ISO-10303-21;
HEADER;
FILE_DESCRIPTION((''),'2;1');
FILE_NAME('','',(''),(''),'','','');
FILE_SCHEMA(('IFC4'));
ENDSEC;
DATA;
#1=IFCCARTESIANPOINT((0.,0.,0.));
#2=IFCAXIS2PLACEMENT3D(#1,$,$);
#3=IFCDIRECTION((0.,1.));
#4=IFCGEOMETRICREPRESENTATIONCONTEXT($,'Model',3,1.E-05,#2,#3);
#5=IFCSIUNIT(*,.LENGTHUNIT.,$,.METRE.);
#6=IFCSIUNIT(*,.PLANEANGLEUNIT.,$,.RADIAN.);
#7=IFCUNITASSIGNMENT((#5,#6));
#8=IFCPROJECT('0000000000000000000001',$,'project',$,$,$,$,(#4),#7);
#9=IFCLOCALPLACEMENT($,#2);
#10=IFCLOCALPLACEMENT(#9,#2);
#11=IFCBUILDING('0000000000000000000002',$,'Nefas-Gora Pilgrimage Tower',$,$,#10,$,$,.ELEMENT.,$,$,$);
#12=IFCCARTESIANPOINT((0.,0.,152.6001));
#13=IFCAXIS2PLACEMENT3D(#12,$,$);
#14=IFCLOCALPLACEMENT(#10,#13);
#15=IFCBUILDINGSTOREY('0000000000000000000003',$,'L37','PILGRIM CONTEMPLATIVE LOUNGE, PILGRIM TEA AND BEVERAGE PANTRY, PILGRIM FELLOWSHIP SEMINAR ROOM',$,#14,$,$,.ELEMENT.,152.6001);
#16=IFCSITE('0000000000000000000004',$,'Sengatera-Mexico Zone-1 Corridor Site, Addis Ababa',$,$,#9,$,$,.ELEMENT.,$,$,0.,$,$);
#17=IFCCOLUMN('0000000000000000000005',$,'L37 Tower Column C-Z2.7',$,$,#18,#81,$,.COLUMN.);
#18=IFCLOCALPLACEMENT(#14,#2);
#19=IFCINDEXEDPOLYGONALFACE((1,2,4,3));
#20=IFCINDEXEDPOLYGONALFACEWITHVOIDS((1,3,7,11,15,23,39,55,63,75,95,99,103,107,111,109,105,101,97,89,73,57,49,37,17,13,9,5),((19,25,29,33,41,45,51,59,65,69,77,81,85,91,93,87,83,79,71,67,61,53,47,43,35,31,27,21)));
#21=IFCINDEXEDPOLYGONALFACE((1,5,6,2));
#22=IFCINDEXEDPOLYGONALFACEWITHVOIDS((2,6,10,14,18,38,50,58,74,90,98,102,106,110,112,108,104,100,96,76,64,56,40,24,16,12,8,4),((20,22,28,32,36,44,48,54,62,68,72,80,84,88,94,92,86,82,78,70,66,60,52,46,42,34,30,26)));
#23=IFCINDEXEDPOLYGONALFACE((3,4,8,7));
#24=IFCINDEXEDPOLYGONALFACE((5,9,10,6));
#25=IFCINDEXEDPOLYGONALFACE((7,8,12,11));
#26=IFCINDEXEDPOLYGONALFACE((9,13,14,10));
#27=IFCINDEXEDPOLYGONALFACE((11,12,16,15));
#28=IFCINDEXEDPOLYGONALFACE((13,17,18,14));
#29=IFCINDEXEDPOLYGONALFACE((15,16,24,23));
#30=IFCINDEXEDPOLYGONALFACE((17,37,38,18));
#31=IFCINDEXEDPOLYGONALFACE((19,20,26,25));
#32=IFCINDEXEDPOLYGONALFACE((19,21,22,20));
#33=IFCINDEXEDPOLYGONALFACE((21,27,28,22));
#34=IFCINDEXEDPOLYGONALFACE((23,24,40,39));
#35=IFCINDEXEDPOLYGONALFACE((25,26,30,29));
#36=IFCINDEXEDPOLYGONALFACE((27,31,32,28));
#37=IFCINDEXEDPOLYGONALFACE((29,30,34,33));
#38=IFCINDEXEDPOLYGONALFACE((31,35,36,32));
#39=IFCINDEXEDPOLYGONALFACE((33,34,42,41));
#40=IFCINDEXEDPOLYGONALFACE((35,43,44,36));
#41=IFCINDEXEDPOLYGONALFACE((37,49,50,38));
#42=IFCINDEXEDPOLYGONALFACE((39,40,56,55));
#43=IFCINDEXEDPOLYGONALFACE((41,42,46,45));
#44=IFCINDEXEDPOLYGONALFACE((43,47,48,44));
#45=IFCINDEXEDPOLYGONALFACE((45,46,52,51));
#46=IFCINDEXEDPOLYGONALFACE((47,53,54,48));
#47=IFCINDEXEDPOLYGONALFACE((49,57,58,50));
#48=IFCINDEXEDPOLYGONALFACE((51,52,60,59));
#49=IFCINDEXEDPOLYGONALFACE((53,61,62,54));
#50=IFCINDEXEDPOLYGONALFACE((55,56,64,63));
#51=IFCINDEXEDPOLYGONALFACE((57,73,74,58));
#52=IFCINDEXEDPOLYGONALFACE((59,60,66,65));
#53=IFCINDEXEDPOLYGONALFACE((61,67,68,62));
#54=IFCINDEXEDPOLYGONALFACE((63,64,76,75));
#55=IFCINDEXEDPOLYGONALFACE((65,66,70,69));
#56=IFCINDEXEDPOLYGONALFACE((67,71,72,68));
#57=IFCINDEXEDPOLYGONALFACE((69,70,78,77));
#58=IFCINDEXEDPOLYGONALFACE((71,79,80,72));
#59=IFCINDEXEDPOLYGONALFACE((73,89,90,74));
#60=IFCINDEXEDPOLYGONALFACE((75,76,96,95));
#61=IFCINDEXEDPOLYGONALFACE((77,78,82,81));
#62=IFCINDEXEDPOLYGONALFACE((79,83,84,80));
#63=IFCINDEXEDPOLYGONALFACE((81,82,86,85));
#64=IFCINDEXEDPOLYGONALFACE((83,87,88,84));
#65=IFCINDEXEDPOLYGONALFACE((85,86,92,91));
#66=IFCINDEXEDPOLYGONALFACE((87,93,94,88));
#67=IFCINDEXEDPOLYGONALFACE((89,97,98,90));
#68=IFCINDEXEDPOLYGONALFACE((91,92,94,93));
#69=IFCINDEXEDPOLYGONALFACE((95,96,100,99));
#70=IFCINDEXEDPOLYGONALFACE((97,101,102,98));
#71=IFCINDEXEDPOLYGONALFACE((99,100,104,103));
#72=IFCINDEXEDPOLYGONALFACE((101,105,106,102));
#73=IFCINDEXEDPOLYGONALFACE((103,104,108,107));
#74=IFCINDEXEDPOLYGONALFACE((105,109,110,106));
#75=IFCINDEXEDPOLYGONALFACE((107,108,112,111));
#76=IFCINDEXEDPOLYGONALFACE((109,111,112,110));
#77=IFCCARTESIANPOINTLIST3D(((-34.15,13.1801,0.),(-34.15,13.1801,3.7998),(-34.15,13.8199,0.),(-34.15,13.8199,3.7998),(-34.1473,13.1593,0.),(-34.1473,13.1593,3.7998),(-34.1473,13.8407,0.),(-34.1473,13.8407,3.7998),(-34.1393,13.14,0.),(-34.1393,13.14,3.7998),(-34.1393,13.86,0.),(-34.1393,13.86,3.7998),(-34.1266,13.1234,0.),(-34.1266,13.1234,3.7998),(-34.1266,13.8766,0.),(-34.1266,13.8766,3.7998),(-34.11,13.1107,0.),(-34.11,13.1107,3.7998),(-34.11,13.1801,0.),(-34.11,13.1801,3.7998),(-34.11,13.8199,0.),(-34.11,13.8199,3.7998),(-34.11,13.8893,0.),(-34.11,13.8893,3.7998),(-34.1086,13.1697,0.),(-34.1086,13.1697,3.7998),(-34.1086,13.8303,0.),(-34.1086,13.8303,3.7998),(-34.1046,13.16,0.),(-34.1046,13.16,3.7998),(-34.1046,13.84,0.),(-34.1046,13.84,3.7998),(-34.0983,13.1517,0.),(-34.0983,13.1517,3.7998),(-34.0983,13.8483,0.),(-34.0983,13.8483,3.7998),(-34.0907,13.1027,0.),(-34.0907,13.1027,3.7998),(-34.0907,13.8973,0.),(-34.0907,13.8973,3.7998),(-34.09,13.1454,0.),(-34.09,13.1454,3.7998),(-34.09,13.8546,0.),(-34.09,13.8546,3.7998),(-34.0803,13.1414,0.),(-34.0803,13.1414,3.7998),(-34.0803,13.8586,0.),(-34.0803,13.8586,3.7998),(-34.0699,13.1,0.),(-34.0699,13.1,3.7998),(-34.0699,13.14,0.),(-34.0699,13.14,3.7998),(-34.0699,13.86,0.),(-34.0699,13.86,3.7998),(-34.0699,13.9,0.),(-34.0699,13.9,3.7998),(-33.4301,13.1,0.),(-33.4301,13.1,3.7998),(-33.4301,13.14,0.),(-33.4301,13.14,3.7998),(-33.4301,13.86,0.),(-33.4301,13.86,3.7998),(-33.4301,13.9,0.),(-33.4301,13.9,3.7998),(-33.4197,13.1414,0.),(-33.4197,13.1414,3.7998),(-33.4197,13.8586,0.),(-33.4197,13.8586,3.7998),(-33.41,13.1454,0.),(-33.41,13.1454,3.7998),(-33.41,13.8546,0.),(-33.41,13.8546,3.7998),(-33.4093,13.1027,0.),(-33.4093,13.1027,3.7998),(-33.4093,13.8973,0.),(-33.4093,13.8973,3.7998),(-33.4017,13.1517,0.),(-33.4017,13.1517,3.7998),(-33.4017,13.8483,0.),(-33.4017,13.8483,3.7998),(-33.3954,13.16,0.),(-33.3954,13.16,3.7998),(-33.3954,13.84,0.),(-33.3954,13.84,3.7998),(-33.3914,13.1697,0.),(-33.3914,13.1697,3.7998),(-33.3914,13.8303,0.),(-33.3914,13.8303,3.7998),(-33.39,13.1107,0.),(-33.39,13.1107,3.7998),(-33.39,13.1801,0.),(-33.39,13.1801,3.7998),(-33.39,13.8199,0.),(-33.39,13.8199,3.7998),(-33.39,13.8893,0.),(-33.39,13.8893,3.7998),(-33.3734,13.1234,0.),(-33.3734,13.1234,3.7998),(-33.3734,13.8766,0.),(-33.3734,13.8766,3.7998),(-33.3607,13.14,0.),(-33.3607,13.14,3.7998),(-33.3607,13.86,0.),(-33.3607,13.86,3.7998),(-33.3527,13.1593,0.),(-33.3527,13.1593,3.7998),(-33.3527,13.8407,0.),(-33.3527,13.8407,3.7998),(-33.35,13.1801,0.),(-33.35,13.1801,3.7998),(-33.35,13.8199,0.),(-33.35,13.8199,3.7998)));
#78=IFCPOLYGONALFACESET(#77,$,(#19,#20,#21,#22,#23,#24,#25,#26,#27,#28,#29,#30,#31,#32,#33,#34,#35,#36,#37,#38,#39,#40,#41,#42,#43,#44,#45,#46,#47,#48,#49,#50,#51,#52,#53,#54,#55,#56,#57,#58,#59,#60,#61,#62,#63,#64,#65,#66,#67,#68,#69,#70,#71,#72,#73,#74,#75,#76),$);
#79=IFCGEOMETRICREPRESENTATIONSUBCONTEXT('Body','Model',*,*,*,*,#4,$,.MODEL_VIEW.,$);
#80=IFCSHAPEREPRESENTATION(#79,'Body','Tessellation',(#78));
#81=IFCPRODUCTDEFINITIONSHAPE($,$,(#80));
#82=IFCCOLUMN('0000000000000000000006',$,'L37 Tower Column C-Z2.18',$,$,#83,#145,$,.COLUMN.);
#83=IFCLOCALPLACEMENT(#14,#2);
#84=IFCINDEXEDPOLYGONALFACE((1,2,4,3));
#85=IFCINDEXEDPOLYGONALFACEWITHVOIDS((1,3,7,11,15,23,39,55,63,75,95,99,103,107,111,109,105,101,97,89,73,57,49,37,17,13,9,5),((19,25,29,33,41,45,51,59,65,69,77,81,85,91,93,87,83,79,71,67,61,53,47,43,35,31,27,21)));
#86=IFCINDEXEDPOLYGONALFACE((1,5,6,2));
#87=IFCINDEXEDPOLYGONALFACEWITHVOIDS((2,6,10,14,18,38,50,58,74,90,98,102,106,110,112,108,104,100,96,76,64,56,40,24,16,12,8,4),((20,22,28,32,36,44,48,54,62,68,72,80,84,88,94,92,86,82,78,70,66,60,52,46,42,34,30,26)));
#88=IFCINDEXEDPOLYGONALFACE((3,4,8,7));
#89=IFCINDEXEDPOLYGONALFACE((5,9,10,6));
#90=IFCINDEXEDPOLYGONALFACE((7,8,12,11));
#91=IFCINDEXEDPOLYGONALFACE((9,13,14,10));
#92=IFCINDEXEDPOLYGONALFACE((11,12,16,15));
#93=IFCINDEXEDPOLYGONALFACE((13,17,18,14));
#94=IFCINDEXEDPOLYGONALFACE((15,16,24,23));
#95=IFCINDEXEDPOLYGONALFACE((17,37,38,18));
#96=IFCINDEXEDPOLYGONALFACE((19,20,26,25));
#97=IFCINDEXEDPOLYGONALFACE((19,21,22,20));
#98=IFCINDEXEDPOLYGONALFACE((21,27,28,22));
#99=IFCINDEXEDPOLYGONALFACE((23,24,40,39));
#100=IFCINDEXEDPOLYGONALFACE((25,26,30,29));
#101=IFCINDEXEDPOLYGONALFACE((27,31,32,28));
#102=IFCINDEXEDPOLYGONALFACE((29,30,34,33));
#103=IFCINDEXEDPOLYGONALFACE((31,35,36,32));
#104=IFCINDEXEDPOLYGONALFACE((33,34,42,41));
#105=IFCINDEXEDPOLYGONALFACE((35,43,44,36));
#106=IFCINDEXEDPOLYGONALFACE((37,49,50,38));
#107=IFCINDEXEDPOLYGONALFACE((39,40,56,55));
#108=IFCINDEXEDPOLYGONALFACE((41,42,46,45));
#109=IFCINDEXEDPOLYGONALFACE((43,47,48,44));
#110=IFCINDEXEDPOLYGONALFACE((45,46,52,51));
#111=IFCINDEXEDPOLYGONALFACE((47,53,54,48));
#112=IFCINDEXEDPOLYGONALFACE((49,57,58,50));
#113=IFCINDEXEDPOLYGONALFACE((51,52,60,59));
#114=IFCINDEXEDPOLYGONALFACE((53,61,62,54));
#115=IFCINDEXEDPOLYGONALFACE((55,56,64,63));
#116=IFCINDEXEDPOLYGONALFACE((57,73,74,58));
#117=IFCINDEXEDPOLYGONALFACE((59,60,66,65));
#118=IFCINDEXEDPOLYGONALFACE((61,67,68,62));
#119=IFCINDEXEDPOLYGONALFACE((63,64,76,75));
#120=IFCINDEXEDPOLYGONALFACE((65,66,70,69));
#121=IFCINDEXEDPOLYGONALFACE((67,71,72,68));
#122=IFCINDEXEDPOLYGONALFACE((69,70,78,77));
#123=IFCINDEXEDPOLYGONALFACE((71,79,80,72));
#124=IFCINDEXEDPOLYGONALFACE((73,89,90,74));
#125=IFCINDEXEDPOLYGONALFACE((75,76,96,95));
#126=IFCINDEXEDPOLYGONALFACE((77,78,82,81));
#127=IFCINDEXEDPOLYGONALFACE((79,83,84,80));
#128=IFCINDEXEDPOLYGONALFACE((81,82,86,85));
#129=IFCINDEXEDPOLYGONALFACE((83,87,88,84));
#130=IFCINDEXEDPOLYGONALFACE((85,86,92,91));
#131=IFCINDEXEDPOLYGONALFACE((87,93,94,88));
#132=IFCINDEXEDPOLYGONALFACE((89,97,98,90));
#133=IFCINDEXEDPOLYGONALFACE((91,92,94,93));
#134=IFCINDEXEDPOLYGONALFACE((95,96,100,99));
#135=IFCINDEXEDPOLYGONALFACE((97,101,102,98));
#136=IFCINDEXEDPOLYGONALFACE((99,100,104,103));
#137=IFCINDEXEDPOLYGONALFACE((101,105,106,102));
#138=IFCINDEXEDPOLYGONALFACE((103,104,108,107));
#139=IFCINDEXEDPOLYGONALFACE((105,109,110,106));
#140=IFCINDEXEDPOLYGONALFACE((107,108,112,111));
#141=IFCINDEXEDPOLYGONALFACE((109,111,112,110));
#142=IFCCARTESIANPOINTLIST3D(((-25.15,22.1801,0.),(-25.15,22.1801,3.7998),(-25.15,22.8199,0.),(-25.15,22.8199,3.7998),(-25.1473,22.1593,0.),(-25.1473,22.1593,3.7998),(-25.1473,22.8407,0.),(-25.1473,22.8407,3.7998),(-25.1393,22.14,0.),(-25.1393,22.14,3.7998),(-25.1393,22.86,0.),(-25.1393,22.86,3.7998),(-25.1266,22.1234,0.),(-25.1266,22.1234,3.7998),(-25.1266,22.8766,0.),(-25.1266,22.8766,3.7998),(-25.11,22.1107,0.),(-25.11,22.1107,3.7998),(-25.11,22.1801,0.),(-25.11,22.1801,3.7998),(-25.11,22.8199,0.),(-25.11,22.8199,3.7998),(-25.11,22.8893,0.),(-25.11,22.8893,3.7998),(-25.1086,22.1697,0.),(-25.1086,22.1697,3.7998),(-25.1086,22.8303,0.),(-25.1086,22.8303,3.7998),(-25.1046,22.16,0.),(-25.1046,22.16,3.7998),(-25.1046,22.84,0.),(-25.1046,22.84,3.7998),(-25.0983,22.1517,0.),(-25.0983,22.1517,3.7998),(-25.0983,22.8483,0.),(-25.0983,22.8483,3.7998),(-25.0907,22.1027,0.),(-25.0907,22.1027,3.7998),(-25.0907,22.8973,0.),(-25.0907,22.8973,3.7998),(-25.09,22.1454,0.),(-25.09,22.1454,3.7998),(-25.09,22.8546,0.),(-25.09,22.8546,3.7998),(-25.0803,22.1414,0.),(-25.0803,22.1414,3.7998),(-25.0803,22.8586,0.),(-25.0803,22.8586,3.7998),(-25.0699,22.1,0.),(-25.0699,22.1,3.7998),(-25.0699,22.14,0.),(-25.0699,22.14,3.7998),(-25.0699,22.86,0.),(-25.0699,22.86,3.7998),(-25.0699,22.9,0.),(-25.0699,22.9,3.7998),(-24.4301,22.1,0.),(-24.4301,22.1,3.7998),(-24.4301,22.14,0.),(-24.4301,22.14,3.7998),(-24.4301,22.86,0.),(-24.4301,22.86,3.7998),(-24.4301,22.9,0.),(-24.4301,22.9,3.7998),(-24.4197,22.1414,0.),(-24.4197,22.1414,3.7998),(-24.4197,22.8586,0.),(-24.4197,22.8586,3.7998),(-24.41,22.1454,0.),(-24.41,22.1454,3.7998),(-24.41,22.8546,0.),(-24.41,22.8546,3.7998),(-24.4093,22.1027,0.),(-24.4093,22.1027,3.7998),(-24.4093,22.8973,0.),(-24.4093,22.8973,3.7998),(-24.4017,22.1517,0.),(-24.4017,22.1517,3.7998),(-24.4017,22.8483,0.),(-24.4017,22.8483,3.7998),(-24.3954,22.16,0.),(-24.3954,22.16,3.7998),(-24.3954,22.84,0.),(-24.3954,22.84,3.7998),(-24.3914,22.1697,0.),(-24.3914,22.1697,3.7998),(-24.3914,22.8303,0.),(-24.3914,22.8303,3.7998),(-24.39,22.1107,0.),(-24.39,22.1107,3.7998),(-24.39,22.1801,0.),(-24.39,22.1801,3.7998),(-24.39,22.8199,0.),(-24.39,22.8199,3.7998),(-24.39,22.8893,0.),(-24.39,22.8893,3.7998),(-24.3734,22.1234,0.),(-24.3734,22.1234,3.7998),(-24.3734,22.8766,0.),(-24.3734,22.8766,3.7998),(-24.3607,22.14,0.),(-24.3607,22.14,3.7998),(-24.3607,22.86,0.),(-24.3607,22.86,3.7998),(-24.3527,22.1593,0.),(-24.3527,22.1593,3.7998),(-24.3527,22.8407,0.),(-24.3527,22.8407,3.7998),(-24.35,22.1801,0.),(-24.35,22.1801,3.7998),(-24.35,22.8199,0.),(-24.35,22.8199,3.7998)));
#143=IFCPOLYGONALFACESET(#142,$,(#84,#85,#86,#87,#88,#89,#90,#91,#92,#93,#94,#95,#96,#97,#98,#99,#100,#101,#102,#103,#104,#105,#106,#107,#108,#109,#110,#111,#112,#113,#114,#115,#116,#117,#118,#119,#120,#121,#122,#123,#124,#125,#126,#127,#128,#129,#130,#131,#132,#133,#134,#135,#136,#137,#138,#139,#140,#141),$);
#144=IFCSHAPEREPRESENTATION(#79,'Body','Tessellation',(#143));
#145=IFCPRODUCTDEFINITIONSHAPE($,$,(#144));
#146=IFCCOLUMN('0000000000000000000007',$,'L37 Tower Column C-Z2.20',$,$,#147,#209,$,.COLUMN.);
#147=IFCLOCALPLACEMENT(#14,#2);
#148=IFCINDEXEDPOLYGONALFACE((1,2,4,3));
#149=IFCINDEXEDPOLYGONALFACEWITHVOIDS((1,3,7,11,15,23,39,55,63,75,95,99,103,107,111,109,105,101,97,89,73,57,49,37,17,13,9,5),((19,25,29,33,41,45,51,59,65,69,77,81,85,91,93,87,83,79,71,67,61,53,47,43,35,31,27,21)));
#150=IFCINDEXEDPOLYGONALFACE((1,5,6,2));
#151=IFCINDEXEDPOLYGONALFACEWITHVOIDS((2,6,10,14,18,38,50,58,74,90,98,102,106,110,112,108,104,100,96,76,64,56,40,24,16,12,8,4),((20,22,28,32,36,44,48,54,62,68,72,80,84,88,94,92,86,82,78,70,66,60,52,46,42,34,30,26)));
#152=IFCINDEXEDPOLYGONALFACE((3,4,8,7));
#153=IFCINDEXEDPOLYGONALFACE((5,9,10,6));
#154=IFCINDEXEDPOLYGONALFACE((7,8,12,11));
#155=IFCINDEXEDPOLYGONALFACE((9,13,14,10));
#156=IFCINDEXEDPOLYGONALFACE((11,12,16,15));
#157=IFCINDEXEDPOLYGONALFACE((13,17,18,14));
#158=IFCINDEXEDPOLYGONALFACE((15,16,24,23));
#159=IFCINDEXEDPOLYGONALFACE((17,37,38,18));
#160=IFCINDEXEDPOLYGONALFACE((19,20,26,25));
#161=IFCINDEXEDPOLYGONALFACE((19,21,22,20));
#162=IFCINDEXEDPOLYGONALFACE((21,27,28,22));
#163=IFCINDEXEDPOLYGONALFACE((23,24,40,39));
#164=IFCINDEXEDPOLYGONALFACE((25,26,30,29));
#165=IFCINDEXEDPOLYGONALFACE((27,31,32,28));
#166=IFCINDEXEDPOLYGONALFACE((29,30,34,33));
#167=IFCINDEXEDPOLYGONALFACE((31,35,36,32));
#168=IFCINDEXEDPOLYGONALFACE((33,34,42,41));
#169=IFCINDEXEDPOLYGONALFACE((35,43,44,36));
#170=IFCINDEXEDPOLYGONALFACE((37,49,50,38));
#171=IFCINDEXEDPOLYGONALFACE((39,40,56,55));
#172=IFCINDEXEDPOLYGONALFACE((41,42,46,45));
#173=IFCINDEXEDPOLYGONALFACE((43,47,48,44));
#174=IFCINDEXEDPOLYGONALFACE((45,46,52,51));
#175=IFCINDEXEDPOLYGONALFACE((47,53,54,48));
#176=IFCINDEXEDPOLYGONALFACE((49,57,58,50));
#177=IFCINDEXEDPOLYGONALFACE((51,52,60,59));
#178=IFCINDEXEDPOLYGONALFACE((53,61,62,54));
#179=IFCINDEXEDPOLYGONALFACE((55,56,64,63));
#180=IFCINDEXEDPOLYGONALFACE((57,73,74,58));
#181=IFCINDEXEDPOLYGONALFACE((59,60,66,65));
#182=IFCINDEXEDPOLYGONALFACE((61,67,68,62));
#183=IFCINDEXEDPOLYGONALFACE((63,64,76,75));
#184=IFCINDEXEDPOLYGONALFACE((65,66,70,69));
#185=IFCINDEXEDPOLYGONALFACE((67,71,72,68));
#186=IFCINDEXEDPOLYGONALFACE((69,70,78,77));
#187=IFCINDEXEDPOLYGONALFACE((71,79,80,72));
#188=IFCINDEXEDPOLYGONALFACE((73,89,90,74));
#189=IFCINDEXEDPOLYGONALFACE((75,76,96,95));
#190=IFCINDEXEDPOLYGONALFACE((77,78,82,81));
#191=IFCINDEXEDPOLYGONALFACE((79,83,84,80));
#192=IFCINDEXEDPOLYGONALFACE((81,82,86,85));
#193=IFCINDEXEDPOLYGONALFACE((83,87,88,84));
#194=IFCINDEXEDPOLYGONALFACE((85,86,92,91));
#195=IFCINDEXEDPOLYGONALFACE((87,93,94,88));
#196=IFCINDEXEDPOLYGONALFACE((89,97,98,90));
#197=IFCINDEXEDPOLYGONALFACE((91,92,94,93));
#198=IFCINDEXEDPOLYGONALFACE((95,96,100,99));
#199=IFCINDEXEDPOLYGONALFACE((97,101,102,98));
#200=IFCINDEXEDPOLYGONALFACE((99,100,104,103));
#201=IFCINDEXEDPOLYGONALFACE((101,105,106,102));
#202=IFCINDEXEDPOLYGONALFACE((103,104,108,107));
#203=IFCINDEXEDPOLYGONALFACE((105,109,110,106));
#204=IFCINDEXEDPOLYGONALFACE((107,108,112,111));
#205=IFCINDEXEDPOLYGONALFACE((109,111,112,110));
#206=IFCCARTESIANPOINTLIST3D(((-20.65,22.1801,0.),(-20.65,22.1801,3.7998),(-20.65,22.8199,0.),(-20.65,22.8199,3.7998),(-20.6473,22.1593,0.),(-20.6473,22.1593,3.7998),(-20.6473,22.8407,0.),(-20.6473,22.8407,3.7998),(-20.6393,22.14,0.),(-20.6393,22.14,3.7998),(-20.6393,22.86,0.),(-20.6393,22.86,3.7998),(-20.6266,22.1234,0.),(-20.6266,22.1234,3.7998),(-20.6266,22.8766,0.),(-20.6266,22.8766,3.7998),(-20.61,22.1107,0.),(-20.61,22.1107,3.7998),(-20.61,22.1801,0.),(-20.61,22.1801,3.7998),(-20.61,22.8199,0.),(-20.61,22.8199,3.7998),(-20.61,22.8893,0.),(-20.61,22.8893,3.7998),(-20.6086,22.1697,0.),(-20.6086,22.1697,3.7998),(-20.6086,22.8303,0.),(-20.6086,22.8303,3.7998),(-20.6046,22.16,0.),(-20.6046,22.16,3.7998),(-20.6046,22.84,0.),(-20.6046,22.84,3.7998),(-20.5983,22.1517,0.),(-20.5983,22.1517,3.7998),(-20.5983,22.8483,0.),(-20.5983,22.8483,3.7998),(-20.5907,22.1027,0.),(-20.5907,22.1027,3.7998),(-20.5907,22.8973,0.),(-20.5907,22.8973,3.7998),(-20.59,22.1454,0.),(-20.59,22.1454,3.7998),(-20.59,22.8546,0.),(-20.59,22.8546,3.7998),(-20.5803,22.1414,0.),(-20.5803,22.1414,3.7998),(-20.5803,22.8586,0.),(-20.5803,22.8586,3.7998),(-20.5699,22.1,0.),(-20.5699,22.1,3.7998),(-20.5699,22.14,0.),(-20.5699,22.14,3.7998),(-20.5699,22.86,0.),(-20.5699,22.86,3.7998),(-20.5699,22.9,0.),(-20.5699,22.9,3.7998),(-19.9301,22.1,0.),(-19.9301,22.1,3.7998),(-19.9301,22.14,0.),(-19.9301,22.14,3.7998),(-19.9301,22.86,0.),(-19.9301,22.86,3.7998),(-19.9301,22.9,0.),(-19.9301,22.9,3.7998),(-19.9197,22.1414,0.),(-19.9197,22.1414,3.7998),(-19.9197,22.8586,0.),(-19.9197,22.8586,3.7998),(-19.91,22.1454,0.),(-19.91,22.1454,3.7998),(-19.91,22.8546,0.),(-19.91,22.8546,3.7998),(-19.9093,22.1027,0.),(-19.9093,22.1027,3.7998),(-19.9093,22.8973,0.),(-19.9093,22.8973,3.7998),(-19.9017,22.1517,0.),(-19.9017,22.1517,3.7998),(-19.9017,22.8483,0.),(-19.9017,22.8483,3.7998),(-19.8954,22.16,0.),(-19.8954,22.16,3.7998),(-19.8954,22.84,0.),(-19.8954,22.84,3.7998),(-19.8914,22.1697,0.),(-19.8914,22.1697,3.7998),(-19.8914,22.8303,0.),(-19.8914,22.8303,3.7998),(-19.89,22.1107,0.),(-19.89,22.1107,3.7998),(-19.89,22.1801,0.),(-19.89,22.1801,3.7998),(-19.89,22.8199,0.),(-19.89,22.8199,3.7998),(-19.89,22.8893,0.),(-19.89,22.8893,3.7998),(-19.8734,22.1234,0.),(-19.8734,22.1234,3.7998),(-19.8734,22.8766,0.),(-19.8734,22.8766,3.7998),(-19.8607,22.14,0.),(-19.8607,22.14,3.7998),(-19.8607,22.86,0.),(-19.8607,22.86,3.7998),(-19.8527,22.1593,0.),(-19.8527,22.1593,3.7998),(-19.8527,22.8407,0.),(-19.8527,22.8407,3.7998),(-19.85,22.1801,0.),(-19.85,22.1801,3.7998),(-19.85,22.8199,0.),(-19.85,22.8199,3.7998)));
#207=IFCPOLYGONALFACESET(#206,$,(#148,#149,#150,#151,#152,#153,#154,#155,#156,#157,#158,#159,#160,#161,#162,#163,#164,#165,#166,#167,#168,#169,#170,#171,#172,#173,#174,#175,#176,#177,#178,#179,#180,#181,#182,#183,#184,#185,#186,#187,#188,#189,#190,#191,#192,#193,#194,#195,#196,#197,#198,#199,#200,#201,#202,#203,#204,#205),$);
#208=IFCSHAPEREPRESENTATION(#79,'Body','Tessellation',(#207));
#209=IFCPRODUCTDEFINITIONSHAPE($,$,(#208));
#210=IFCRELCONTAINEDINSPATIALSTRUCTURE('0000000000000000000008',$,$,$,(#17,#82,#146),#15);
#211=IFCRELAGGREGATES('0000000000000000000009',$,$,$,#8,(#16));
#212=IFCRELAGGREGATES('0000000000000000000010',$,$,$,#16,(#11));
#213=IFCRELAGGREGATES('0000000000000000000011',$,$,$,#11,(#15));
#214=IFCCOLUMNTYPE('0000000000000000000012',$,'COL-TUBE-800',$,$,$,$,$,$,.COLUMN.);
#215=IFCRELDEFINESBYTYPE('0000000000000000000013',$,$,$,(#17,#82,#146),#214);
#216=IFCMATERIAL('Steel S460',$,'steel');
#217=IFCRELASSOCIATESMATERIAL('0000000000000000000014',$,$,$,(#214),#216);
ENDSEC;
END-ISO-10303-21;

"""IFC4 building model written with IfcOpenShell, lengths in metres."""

from ifc_helpers import new_model, si_unit, direction, frame, origin, origin_2d, place, context, subcontext, project, spatial, hollow_rectangle, extrude, source, transform, mapped, material, material_profile, profile_set, type_object, element, save


model = new_model("IFC4")

# Units and contexts
model_context = context("Model", 3, precision=1e-05, world=origin(), true_north=direction((0.0, 1.0)))
body_context = subcontext(model_context, "Body", "Model", "MODEL_VIEW")
ifc_project = project(units=[si_unit("LENGTHUNIT", "METRE"), si_unit("PLANEANGLEUNIT", "RADIAN")], contexts=[model_context])

# Site, building, storey
site_placement = place(None, origin())
site = spatial("IfcSite", under=ifc_project, at=site_placement, Name="Sengatera-Mexico Zone-1 Corridor Site, Addis Ababa", CompositionType="ELEMENT", RefElevation=0.0)
building_placement = place(site_placement, origin())
building = spatial("IfcBuilding", under=site, at=building_placement, Name="Nefas-Gora Pilgrimage Tower", CompositionType="ELEMENT")
storey_placement = place(building_placement, frame((0.0, 0.0, 152.6001)))
storey = spatial("IfcBuildingStorey", under=building, at=storey_placement, Name="L37", Description="PILGRIM CONTEMPLATIVE LOUNGE, PILGRIM TEA AND BEVERAGE PANTRY, PILGRIM FELLOWSHIP SEMINAR ROOM", CompositionType="ELEMENT", Elevation=152.6001)

# Columns
ifc_material_1 = material(Name="Steel S460", Category="steel")
ifc_material_profile_1 = material_profile(ifc_material_1, hollow_rectangle(XDim=0.8, YDim=0.8, WallThickness=0.04, InnerFilletRadius=0.04, OuterFilletRadius=0.0801, at=origin_2d()), Name="BOX 800x800x40")
ifc_profile_set_1 = profile_set([ifc_material_profile_1], Name="Steel S460")
column_type_1 = type_object("IfcColumnType", Name="COL-TUBE-800", PredefinedType="COLUMN", material=ifc_profile_set_1)
shared_shape_1 = source(origin(), body_context, "Body", "SweptSolid", [
    extrude(hollow_rectangle(XDim=0.8, YDim=0.8, WallThickness=0.04, InnerFilletRadius=0.04, OuterFilletRadius=0.0801, at=origin_2d()), origin(), (0.0, 0.0, 1.0), 3.7998),
])
for number, where, z_axis, x_axis, name in (
    (1, (-33.75, 13.5, 0.0), (0.0, 0.0, 1.0), (1.0, 0.0, 0.0), "L37 Tower Column C-Z2.7"),
    (2, (-24.75, 22.5, 0.0), (0.0, 0.0, 1.0), (1.0, 0.0, 0.0), "L37 Tower Column C-Z2.18"),
    (3, (-20.25, 22.5, 0.0), (0.0, 0.0, 1.0), (1.0, 0.0, 0.0), "L37 Tower Column C-Z2.20"),
):
    element("IfcColumn", number, at=place(storey_placement, frame(where, z_axis=z_axis, x_axis=x_axis)), inside=storey, type_object=column_type_1, Name=name, PredefinedType="COLUMN", context=body_context, shape_type="MappedRepresentation", body=[
        mapped(shared_shape_1, transform((0.0, 0.0, 0.0), x_axis=(1.0, 0.0, 0.0), y_axis=(0.0, 1.0, 0.0), z_axis=(0.0, 0.0, 1.0), scale=1.0)),
    ])

save(model, "model.ifc")
